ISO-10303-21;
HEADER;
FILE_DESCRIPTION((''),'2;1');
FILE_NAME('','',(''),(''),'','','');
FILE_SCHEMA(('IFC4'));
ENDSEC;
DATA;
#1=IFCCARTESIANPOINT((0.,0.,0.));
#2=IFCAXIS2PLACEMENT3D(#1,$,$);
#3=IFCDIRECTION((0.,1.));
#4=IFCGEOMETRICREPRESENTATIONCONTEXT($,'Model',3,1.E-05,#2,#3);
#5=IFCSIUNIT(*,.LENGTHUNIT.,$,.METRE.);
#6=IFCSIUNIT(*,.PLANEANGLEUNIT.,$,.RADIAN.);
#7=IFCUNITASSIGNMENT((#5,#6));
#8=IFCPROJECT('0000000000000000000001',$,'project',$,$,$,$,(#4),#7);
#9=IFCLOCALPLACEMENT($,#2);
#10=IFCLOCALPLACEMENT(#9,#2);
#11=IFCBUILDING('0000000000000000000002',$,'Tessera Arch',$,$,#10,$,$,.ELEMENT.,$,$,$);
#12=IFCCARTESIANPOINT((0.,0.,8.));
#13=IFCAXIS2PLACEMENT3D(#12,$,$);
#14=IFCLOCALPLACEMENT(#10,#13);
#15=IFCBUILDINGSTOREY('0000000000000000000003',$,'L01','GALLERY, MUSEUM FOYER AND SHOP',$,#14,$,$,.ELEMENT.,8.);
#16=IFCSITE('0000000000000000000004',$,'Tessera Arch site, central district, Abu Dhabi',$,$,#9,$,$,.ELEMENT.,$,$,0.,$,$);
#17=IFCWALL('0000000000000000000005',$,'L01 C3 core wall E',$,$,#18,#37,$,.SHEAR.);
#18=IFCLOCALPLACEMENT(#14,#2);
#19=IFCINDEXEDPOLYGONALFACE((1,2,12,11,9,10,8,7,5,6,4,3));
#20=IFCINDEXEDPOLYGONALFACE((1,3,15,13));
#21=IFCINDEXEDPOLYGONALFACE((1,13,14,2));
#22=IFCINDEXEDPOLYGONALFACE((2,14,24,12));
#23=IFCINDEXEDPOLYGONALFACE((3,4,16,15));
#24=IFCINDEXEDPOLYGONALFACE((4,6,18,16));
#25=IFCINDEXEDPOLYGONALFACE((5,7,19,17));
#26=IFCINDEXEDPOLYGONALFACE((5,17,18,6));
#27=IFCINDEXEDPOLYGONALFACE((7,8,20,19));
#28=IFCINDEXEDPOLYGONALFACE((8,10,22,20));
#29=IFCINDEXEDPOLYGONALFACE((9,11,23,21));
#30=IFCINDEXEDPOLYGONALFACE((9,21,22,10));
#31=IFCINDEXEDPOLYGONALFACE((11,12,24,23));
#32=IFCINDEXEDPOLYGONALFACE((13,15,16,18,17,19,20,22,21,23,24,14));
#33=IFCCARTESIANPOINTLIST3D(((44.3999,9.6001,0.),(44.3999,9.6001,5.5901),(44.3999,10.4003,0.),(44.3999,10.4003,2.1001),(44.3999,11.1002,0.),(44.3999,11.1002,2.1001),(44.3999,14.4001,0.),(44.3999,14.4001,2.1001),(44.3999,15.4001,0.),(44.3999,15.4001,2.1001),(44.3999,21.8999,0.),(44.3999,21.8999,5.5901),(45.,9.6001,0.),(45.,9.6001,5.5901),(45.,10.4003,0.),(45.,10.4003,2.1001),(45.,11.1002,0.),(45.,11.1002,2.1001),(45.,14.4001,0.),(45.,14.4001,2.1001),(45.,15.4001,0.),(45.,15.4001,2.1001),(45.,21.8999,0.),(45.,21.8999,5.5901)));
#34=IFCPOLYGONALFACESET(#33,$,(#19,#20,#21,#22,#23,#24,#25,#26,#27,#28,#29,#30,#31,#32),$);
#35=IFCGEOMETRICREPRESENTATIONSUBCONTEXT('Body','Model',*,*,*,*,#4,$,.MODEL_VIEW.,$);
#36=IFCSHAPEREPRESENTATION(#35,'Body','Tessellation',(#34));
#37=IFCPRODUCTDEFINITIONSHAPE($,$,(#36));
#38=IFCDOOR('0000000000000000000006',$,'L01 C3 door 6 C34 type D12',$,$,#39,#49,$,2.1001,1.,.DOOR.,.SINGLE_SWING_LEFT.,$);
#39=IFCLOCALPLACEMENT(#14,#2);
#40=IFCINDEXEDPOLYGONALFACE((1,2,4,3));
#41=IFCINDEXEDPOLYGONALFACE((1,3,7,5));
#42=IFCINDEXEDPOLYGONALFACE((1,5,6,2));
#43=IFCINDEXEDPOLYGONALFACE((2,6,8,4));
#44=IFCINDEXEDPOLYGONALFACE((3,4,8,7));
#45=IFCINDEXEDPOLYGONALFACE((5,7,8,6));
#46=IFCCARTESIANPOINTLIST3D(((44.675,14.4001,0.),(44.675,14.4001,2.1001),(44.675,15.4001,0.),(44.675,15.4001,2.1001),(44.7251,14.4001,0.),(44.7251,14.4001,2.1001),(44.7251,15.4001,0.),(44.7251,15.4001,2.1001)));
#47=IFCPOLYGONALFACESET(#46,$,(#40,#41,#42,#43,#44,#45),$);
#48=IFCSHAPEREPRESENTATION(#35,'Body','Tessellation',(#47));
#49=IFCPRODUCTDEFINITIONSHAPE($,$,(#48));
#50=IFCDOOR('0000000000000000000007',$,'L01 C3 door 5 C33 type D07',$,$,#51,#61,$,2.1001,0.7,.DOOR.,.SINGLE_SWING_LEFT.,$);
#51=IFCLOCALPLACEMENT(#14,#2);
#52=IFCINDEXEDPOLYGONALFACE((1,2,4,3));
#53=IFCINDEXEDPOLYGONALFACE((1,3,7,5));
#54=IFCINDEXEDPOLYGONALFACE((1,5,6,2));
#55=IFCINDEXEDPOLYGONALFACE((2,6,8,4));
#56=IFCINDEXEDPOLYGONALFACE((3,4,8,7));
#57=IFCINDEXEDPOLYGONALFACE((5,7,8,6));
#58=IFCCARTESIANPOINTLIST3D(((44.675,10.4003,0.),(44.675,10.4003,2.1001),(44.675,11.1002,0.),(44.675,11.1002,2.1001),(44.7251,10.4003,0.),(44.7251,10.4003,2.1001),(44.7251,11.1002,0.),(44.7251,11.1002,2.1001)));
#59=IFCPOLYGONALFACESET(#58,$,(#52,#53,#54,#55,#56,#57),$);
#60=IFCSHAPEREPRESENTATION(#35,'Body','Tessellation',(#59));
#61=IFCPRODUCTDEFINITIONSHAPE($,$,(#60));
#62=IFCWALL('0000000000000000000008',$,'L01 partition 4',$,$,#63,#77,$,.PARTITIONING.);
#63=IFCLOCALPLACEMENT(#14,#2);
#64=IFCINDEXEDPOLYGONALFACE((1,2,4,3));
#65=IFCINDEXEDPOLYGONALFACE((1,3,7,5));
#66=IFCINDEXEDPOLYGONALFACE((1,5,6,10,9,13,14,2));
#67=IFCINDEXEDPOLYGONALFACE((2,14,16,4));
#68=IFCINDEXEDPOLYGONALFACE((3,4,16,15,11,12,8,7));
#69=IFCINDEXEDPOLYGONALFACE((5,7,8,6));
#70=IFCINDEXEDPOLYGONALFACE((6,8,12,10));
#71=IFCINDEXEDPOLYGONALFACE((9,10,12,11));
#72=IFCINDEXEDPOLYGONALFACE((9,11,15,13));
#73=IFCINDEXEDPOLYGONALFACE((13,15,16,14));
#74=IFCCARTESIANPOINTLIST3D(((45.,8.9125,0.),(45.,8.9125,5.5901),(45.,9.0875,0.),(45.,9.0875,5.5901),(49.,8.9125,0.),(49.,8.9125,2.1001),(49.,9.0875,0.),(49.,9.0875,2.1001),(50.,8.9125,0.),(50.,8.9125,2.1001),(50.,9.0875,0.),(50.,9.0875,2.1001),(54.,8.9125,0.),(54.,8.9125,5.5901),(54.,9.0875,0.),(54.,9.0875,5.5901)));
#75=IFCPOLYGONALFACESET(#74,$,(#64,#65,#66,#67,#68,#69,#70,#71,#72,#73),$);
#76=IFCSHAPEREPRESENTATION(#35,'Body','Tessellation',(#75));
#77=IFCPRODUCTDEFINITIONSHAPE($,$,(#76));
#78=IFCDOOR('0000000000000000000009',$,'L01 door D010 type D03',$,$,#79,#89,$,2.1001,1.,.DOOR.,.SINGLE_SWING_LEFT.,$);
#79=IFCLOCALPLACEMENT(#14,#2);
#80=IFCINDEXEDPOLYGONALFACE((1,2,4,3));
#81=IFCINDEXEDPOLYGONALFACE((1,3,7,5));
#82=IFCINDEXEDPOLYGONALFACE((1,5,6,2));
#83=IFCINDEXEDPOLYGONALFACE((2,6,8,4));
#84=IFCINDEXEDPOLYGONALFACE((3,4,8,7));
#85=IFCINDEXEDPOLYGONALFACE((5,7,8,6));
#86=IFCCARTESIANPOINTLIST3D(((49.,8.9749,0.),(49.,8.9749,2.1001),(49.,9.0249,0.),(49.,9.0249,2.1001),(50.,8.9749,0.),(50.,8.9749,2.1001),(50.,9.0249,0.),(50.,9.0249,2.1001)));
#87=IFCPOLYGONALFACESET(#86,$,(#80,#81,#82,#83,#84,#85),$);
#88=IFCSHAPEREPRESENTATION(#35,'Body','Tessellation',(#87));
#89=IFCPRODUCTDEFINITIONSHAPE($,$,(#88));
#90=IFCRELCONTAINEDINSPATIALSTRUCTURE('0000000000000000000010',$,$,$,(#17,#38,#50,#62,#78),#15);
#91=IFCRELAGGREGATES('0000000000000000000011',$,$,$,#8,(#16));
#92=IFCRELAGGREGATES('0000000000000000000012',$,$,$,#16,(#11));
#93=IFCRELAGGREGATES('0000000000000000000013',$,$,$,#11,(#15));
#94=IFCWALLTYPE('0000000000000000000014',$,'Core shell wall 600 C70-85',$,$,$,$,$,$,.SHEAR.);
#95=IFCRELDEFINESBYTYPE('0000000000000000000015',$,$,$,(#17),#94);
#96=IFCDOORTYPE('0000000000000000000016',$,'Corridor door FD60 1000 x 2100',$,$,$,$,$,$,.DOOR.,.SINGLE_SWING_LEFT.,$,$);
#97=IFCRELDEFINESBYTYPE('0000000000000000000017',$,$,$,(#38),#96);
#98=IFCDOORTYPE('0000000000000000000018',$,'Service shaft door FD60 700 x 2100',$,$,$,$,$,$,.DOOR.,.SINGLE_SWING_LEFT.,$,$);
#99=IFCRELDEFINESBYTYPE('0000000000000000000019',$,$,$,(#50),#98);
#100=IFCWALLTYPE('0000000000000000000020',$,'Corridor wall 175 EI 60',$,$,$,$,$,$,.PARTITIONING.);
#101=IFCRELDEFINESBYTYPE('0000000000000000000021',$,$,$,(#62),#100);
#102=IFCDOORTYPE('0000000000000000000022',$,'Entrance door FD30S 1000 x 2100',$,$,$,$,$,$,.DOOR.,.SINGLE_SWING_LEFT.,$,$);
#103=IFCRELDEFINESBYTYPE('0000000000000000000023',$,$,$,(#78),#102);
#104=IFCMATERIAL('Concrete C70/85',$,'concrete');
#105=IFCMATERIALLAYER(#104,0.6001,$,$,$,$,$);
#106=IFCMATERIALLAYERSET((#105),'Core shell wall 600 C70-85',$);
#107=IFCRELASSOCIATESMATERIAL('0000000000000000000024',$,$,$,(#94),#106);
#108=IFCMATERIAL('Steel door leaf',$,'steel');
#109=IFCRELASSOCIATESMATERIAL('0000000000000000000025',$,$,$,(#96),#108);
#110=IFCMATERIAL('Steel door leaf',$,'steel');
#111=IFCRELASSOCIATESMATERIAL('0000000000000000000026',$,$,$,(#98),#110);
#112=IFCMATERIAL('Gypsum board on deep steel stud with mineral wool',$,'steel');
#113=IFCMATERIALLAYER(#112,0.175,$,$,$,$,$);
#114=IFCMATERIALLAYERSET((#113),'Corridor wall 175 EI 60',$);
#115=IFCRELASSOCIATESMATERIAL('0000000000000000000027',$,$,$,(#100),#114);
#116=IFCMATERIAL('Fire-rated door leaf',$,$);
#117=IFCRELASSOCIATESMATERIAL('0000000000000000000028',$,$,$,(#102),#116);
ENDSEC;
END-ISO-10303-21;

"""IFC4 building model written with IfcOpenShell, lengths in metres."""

from ifc_helpers import new_model, si_unit, direction, frame, frame_2d, origin, place, context, subcontext, project, spatial, rectangle, extrude, material, layer, layer_set, type_object, element, fill, save


model = new_model("IFC4")

# Units and contexts
model_context = context("Model", 3, precision=1e-05, world=origin(), true_north=direction((0.0, 1.0)))
body_context = subcontext(model_context, "Body", "Model", "MODEL_VIEW")
ifc_project = project(units=[si_unit("LENGTHUNIT", "METRE"), si_unit("PLANEANGLEUNIT", "RADIAN")], contexts=[model_context])

# Site, building, storey
site_placement = place(None, origin())
site = spatial("IfcSite", under=ifc_project, at=site_placement, Name="Tessera Arch site, central district, Abu Dhabi", CompositionType="ELEMENT", RefElevation=0.0)
building_placement = place(site_placement, origin())
building = spatial("IfcBuilding", under=site, at=building_placement, Name="Tessera Arch", CompositionType="ELEMENT")
storey_placement = place(building_placement, frame((0.0, 0.0, 8.0)))
storey = spatial("IfcBuildingStorey", under=building, at=storey_placement, Name="L01", Description="GALLERY, MUSEUM FOYER AND SHOP", CompositionType="ELEMENT", Elevation=8.0)

# Wall, openings, doors
ifc_material_1 = material(Name="Concrete C70/85", Category="concrete")
ifc_layer_1 = layer(ifc_material_1, 0.6001)
ifc_layer_set_1 = layer_set([ifc_layer_1], Name="Core shell wall 600 C70-85")
wall_type_1 = type_object("IfcWallType", Name="Core shell wall 600 C70-85", PredefinedType="SHEAR", material=ifc_layer_set_1)
wall_1_placement = place(storey_placement, frame((44.7, 9.6001, 0.0), z_axis=(0.0, 0.0, 1.0), x_axis=(0.0, 1.0, 0.0)))
wall_1 = element("IfcWall", 1, at=wall_1_placement, inside=storey, type_object=wall_type_1, Name="L01 C3 core wall E", PredefinedType="SHEAR", context=body_context, shape_type="SweptSolid", body=[
    extrude(rectangle(XDim=12.2998, YDim=0.6001, at=frame_2d((6.1499, 0.0))), origin(), (0.0, 0.0, 1.0), 5.5901),
])
opening_1_placement = place(wall_1_placement, frame((0.8, 0.0, 0.0)))
opening_1 = element("IfcOpeningElement", 2, at=opening_1_placement, cuts=wall_1, PredefinedType="OPENING", context=body_context, shape_type="SweptSolid", body=[
    extrude(rectangle(XDim=0.7, YDim=2.1001, at=frame_2d((0.3501, 1.05))), frame((0.0, 0.3101, 0.0), z_axis=(0.0, -1.0, 0.0), x_axis=(1.0, 0.0, 0.0)), (0.0, 0.0, 1.0), 0.6201),
])
opening_2_placement = place(wall_1_placement, frame((4.8, 0.0, 0.0)))
opening_2 = element("IfcOpeningElement", 3, at=opening_2_placement, cuts=wall_1, PredefinedType="OPENING", context=body_context, shape_type="SweptSolid", body=[
    extrude(rectangle(XDim=1.0, YDim=2.1001, at=frame_2d((0.5, 1.05))), frame((0.0, 0.3101, 0.0), z_axis=(0.0, -1.0, 0.0), x_axis=(1.0, 0.0, 0.0)), (0.0, 0.0, 1.0), 0.6201),
])
ifc_material_2 = material(Name="Steel door leaf", Category="steel")
door_type_1 = type_object("IfcDoorType", Name="Corridor door FD60 1000 x 2100", OperationType="SINGLE_SWING_LEFT", PredefinedType="DOOR", material=ifc_material_2)
door_1_placement = place(opening_2_placement, origin())
door_1 = element("IfcDoor", 4, at=door_1_placement, inside=storey, type_object=door_type_1, Name="L01 C3 door 6 C34 type D12", OperationType="SINGLE_SWING_LEFT", OverallHeight=2.1001, OverallWidth=1.0, PredefinedType="DOOR", context=body_context, shape_type="SweptSolid", body=[
    extrude(rectangle(XDim=1.0, YDim=2.1001, at=frame_2d((0.5, 1.05))), frame((0.0, 0.0249, 0.0), z_axis=(0.0, -1.0, 0.0), x_axis=(1.0, 0.0, 0.0)), (0.0, 0.0, 1.0), 0.05),
])
fill(opening_2, door_1)
ifc_material_3 = material(Name="Steel door leaf", Category="steel")
door_type_2 = type_object("IfcDoorType", Name="Service shaft door FD60 700 x 2100", OperationType="SINGLE_SWING_LEFT", PredefinedType="DOOR", material=ifc_material_3)
door_2_placement = place(opening_1_placement, origin())
door_2 = element("IfcDoor", 5, at=door_2_placement, inside=storey, type_object=door_type_2, Name="L01 C3 door 5 C33 type D07", OperationType="SINGLE_SWING_LEFT", OverallHeight=2.1001, OverallWidth=0.7, PredefinedType="DOOR", context=body_context, shape_type="SweptSolid", body=[
    extrude(rectangle(XDim=0.7, YDim=2.1001, at=frame_2d((0.3501, 1.05))), frame((0.0, 0.0249, 0.0), z_axis=(0.0, -1.0, 0.0), x_axis=(1.0, 0.0, 0.0)), (0.0, 0.0, 1.0), 0.05),
])
fill(opening_1, door_2)

# Wall, opening, door
ifc_material_4 = material(Name="Gypsum board on deep steel stud with mineral wool", Category="steel")
ifc_layer_2 = layer(ifc_material_4, 0.175)
ifc_layer_set_2 = layer_set([ifc_layer_2], Name="Corridor wall 175 EI 60")
wall_type_2 = type_object("IfcWallType", Name="Corridor wall 175 EI 60", PredefinedType="PARTITIONING", material=ifc_layer_set_2)
wall_2_placement = place(storey_placement, frame((45.0, 9.0, 0.0), z_axis=(0.0, 0.0, 1.0), x_axis=(1.0, 0.0, 0.0)))
wall_2 = element("IfcWall", 6, at=wall_2_placement, inside=storey, type_object=wall_type_2, Name="L01 partition 4", PredefinedType="PARTITIONING", context=body_context, shape_type="SweptSolid", body=[
    extrude(rectangle(XDim=9.0, YDim=0.175, at=frame_2d((4.5, 0.0))), origin(), (0.0, 0.0, 1.0), 5.5901),
])
opening_3_placement = place(wall_2_placement, frame((4.0, 0.0, 0.0)))
opening_3 = element("IfcOpeningElement", 7, at=opening_3_placement, cuts=wall_2, PredefinedType="OPENING", context=body_context, shape_type="SweptSolid", body=[
    extrude(rectangle(XDim=1.0, YDim=2.1001, at=frame_2d((0.5, 1.05))), frame((0.0, 0.0974, 0.0), z_axis=(0.0, -1.0, 0.0), x_axis=(1.0, 0.0, 0.0)), (0.0, 0.0, 1.0), 0.1951),
])
ifc_material_5 = material(Name="Fire-rated door leaf")
door_type_3 = type_object("IfcDoorType", Name="Entrance door FD30S 1000 x 2100", OperationType="SINGLE_SWING_LEFT", PredefinedType="DOOR", material=ifc_material_5)
door_3_placement = place(opening_3_placement, origin())
door_3 = element("IfcDoor", 8, at=door_3_placement, inside=storey, type_object=door_type_3, Name="L01 door D010 type D03", OperationType="SINGLE_SWING_LEFT", OverallHeight=2.1001, OverallWidth=1.0, PredefinedType="DOOR", context=body_context, shape_type="SweptSolid", body=[
    extrude(rectangle(XDim=1.0, YDim=2.1001, at=frame_2d((0.5, 1.05))), frame((0.0, 0.0249, 0.0), z_axis=(0.0, -1.0, 0.0), x_axis=(1.0, 0.0, 0.0)), (0.0, 0.0, 1.0), 0.05),
])
fill(opening_3, door_3)

save(model, "model.ifc")
